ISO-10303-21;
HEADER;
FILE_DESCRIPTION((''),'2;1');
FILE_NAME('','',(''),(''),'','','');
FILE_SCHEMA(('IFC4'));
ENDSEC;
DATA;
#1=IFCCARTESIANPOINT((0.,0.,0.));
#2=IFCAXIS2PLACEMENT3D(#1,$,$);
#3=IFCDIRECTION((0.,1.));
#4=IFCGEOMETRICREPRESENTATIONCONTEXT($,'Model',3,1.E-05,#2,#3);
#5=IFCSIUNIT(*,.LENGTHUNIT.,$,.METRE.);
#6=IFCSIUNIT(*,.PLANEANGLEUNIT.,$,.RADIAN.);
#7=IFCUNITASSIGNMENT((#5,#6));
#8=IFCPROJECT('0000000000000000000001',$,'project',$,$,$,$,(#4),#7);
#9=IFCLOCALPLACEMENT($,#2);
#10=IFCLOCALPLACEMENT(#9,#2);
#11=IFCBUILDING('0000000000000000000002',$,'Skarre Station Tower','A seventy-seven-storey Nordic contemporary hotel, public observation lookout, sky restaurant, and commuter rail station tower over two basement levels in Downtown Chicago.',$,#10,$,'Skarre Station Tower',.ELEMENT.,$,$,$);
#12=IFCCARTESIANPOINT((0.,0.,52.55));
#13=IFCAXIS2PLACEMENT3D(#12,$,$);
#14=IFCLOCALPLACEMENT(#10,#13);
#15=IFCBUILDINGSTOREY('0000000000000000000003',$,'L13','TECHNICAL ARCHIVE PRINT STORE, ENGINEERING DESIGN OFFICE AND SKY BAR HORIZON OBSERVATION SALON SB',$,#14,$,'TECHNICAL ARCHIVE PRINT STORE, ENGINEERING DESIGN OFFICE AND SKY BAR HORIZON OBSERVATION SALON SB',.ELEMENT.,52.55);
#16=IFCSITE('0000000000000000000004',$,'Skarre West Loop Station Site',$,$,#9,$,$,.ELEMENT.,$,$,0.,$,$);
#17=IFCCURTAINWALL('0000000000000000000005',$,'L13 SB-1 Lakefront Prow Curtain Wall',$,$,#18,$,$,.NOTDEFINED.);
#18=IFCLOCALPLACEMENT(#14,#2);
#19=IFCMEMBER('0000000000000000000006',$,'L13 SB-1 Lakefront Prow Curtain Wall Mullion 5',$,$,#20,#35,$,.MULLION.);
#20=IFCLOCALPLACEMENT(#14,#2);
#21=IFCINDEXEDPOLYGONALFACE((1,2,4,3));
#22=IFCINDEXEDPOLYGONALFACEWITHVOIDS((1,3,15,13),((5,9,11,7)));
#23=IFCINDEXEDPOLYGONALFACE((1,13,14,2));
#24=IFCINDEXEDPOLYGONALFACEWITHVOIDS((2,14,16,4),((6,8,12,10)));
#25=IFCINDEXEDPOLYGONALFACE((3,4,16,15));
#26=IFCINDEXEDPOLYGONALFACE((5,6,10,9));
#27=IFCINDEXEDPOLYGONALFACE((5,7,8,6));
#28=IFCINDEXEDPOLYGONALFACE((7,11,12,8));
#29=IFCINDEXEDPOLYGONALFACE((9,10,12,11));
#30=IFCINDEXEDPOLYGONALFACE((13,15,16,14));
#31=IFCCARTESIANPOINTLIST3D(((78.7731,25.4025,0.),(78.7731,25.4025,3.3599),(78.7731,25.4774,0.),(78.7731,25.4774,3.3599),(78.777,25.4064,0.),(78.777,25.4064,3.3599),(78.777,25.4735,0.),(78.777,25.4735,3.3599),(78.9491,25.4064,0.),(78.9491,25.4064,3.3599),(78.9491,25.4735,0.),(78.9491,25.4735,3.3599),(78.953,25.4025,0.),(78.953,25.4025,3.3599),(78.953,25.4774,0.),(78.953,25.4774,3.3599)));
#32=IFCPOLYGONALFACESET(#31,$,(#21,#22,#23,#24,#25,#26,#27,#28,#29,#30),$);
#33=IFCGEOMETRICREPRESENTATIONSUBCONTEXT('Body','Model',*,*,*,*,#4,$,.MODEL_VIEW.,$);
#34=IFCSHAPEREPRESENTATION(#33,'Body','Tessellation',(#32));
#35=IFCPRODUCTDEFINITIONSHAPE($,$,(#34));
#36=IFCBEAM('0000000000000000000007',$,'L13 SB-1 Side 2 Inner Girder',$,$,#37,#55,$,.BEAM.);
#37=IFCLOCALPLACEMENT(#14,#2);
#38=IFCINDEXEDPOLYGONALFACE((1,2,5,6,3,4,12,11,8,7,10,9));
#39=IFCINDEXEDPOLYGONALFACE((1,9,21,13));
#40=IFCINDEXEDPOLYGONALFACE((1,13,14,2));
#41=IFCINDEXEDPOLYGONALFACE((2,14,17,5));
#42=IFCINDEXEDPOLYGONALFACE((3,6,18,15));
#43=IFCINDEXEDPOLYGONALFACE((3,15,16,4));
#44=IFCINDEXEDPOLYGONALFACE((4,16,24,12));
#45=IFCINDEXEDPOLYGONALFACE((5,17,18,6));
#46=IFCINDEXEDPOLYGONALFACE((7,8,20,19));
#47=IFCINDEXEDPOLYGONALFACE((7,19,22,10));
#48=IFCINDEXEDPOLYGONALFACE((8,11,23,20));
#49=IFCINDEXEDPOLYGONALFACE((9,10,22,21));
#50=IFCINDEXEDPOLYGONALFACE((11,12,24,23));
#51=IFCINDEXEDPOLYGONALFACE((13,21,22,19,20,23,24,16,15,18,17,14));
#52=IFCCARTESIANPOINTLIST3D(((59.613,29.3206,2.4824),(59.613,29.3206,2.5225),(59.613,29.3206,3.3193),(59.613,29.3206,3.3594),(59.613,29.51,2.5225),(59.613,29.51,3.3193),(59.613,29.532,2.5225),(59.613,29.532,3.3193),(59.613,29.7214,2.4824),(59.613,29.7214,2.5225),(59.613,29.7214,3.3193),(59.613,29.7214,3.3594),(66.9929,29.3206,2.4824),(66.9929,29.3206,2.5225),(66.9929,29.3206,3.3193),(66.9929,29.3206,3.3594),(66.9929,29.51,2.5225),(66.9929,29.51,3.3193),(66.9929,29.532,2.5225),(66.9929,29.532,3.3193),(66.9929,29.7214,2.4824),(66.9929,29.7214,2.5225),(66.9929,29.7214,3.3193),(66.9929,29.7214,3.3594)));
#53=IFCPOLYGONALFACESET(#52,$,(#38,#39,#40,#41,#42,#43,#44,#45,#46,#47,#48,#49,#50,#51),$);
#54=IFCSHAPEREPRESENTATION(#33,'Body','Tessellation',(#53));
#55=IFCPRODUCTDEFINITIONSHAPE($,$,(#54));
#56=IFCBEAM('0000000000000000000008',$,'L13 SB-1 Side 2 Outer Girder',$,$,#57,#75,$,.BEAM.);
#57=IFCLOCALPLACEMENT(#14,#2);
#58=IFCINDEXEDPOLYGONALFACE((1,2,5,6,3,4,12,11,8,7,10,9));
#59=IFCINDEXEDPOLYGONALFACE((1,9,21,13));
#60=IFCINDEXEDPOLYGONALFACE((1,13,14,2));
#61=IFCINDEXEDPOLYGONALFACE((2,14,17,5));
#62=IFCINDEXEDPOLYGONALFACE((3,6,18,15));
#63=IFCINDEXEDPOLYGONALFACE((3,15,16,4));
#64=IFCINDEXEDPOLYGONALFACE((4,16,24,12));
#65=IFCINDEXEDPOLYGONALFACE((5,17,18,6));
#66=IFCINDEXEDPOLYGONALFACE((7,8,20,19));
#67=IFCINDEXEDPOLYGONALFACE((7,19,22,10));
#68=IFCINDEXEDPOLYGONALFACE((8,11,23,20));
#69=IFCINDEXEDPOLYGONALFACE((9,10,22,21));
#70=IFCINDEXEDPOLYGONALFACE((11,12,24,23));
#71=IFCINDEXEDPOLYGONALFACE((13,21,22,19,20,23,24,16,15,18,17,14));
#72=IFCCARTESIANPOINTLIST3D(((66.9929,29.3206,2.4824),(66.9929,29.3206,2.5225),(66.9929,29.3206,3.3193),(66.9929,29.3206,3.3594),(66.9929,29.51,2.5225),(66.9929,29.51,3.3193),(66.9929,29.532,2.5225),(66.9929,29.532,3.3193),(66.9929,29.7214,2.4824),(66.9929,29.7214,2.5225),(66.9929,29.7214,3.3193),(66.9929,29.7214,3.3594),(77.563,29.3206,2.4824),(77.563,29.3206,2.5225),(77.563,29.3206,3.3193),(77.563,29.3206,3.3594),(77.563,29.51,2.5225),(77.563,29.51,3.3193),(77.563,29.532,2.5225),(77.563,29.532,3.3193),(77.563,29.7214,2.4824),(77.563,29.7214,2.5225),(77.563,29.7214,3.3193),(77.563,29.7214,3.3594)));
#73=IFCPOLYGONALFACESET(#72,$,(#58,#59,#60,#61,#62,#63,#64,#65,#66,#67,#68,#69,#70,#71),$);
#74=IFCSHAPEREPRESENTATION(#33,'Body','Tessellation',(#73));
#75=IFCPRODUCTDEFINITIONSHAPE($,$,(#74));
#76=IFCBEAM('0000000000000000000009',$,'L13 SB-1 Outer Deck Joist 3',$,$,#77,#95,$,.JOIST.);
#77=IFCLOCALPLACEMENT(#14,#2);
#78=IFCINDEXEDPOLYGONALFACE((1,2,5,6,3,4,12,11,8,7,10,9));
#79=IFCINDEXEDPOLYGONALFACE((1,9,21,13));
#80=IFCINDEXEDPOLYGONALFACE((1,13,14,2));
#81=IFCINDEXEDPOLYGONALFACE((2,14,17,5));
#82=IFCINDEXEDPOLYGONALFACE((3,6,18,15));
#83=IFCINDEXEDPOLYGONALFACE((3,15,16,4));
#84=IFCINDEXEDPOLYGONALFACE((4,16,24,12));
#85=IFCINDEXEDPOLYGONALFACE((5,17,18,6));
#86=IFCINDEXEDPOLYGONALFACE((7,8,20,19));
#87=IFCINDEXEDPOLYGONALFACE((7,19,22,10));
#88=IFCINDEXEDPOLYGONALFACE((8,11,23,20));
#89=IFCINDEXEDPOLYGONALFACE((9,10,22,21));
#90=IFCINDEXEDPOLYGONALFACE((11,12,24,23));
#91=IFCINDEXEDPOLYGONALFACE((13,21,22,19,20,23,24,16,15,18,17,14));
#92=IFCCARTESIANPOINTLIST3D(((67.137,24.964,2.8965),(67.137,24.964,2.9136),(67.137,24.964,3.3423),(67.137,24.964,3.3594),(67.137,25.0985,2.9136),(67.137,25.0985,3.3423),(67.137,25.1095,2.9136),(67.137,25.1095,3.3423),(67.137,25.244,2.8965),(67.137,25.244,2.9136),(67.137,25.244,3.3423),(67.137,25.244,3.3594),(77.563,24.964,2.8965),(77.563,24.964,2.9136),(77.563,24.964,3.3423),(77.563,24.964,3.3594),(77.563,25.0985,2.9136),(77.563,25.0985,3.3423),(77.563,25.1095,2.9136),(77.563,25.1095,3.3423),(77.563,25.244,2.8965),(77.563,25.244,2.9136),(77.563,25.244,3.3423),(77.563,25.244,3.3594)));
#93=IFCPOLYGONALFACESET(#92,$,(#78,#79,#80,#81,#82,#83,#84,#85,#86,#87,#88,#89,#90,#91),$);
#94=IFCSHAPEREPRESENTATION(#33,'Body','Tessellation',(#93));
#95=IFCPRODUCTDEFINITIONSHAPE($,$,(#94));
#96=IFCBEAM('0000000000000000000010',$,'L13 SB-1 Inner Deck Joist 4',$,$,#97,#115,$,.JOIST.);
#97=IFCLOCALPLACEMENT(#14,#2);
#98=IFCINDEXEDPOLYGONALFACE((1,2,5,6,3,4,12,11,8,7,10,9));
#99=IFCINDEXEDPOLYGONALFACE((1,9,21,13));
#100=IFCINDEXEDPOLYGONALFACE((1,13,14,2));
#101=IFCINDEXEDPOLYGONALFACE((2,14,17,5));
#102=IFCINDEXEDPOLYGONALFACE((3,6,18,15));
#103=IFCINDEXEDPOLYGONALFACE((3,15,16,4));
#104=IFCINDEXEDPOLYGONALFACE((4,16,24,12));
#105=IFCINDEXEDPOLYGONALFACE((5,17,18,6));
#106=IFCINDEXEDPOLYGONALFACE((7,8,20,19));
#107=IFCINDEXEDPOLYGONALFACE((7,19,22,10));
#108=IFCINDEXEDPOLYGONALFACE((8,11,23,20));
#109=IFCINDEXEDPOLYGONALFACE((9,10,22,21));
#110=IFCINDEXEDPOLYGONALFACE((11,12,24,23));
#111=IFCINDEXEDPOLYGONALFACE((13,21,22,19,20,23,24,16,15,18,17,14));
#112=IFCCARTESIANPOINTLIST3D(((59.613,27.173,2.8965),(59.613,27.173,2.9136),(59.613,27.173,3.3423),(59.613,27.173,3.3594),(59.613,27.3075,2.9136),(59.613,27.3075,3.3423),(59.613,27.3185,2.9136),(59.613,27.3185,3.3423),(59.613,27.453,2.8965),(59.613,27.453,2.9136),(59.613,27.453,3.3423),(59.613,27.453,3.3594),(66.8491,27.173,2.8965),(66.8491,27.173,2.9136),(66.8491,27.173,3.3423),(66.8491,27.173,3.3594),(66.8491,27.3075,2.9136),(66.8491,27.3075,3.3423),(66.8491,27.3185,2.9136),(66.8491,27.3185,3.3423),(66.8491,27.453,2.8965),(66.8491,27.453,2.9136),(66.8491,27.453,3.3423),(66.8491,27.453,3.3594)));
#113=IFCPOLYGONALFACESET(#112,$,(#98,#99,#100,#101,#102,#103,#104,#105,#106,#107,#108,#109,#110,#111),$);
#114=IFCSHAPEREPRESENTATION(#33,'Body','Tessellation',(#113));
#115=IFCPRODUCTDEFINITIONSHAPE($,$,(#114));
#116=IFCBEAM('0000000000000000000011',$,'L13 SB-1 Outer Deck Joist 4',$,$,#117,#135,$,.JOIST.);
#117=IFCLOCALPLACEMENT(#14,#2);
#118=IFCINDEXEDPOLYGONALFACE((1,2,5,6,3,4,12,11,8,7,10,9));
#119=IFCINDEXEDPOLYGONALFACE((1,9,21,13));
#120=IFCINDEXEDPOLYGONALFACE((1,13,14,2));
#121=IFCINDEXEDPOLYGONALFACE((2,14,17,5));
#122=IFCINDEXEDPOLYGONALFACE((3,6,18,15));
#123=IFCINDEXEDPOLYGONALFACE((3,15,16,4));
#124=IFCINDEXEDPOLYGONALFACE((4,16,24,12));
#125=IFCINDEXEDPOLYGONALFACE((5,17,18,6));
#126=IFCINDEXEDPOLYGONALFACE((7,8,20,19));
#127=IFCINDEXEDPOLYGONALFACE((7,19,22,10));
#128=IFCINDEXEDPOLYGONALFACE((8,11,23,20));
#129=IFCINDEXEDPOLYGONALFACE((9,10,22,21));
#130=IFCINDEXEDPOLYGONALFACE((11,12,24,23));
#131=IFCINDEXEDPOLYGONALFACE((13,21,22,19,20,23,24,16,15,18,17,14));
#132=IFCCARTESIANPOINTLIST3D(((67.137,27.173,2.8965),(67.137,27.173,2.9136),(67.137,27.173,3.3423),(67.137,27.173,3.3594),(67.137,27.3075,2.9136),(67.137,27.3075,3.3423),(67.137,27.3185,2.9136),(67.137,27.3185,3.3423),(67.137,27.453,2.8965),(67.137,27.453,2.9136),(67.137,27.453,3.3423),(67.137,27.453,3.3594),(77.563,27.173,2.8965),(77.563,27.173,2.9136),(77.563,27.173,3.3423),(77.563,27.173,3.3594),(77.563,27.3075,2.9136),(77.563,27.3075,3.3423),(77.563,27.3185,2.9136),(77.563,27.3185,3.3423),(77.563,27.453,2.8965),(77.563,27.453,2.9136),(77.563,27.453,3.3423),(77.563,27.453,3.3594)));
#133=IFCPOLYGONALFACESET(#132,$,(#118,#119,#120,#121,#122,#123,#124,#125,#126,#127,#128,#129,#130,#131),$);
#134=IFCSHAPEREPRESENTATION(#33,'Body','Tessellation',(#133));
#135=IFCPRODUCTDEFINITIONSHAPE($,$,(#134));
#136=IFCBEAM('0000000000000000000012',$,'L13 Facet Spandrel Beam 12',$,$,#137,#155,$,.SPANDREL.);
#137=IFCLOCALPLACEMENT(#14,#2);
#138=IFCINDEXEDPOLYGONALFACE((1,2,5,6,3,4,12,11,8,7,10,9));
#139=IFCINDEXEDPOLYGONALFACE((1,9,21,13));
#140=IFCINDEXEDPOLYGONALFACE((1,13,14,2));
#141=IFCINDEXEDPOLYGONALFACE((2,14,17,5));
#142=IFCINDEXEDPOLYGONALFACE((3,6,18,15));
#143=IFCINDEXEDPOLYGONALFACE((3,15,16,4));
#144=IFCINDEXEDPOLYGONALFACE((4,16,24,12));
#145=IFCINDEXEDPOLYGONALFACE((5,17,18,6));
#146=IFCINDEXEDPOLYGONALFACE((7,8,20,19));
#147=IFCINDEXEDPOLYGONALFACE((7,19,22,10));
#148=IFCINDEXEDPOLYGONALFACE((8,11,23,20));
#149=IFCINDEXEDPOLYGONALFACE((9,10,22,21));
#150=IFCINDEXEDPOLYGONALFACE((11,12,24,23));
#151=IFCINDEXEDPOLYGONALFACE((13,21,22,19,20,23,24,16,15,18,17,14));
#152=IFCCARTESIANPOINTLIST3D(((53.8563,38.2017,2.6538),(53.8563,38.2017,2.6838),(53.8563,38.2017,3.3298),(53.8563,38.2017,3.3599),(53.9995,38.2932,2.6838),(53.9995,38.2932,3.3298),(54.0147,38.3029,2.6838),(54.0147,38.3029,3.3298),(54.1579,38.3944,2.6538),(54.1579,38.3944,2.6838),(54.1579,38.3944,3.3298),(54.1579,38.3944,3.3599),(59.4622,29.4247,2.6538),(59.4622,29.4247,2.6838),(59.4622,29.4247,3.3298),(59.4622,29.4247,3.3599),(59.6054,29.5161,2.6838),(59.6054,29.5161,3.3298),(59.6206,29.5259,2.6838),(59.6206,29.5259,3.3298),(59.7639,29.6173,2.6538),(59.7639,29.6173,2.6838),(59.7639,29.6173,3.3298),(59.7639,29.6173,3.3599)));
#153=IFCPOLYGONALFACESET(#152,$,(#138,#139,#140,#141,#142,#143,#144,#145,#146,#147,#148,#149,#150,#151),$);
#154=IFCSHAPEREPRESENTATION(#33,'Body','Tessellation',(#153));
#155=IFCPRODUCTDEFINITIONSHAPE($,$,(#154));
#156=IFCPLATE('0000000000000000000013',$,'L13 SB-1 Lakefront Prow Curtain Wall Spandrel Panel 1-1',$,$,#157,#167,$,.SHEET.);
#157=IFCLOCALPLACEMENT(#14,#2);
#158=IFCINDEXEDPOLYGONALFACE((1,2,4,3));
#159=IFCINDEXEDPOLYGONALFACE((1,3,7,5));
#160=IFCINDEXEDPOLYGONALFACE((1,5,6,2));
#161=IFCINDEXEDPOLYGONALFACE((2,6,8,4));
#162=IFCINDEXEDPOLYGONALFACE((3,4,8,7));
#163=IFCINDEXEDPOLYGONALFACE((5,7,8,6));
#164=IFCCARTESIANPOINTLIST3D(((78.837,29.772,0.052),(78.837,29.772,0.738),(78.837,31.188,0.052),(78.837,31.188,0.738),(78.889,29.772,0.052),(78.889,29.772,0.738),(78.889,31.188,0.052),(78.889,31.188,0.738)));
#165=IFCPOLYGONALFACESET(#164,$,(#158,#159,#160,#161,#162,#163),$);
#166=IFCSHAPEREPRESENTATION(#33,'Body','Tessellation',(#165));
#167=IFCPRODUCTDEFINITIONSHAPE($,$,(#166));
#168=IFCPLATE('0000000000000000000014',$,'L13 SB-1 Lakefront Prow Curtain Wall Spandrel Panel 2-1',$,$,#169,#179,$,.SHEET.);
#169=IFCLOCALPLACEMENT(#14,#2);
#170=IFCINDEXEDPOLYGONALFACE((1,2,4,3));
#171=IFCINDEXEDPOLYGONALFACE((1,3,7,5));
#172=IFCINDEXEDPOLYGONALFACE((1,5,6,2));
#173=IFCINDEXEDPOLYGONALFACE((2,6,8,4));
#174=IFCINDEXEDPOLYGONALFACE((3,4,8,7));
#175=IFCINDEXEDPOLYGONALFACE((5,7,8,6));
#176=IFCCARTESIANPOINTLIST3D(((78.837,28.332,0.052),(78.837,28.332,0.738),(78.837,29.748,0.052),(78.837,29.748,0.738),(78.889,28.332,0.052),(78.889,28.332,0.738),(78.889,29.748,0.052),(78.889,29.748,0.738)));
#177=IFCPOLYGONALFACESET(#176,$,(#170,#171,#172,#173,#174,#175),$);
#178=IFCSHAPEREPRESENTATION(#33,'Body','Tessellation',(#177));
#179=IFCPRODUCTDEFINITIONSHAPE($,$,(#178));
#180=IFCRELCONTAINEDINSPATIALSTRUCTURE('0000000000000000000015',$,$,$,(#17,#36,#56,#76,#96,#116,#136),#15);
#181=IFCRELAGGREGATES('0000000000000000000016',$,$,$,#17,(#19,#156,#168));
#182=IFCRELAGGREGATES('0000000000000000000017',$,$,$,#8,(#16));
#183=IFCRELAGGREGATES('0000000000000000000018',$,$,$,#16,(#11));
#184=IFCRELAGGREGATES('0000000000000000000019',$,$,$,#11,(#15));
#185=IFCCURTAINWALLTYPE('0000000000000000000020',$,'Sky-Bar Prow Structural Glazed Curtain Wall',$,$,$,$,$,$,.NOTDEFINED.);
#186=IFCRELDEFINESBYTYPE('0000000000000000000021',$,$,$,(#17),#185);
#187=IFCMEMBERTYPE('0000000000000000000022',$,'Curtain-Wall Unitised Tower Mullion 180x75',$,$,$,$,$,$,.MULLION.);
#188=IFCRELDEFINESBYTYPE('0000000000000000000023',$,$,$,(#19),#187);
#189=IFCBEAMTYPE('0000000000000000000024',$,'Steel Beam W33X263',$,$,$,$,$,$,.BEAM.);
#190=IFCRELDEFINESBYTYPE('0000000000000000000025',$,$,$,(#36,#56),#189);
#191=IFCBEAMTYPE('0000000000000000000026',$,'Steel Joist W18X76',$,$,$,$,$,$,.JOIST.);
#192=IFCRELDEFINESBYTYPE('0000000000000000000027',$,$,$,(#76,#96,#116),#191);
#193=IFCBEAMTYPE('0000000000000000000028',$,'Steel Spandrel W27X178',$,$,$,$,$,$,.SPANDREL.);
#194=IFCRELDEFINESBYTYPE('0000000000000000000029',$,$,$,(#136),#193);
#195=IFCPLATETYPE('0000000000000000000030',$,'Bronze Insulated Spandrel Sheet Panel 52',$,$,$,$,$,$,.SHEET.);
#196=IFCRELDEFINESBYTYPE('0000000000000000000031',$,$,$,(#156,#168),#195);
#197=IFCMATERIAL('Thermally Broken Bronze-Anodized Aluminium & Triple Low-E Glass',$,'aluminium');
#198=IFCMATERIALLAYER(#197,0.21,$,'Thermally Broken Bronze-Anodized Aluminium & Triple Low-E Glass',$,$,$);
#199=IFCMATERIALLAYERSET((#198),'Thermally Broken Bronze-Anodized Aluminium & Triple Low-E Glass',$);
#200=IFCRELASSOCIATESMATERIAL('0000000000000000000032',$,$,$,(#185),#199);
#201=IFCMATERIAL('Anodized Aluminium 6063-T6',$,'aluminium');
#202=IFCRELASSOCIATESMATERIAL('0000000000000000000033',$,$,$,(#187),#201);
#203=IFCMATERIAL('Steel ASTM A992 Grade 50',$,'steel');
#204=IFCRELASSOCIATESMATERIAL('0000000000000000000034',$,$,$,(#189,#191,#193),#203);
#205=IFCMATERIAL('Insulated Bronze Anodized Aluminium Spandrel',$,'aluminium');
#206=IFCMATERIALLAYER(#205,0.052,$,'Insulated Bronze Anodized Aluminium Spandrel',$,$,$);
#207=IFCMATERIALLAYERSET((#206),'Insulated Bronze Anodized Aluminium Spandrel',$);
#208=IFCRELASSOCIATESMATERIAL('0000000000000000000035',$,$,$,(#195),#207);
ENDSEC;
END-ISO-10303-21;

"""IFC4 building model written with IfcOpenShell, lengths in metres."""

from ifc_helpers import new_model, si_unit, direction, frame, origin, origin_2d, place, context, subcontext, project, spatial, rectangle, hollow_rectangle, i_section, extrude, material, layer, layer_set, material_profile, profile_set, type_object, element, aggregate, save


model = new_model("IFC4")

# Units and contexts
model_context = context("Model", 3, precision=1e-05, world=origin(), true_north=direction((0.0, 1.0)))
body_context = subcontext(model_context, "Body", "Model", "MODEL_VIEW")
ifc_project = project(units=[si_unit("LENGTHUNIT", "METRE"), si_unit("PLANEANGLEUNIT", "RADIAN")], contexts=[model_context])

# Site, building, storey
site_placement = place(None, origin())
site = spatial("IfcSite", under=ifc_project, at=site_placement, Name="Skarre West Loop Station Site", CompositionType="ELEMENT", RefElevation=0.0)
building_placement = place(site_placement, origin())
building = spatial("IfcBuilding", under=site, at=building_placement, Name="Skarre Station Tower", Description="A seventy-seven-storey Nordic contemporary hotel, public observation lookout, sky restaurant, and commuter rail station tower over two basement levels in Downtown Chicago.", LongName="Skarre Station Tower", CompositionType="ELEMENT")
storey_placement = place(building_placement, frame((0.0, 0.0, 52.55)))
storey = spatial("IfcBuildingStorey", under=building, at=storey_placement, Name="L13", Description="TECHNICAL ARCHIVE PRINT STORE, ENGINEERING DESIGN OFFICE AND SKY BAR HORIZON OBSERVATION SALON SB", LongName="TECHNICAL ARCHIVE PRINT STORE, ENGINEERING DESIGN OFFICE AND SKY BAR HORIZON OBSERVATION SALON SB", CompositionType="ELEMENT", Elevation=52.55)

# Curtain wall, member
ifc_material_1 = material(Name="Thermally Broken Bronze-Anodized Aluminium & Triple Low-E Glass", Category="aluminium")
ifc_layer_1 = layer(ifc_material_1, 0.21, Name="Thermally Broken Bronze-Anodized Aluminium & Triple Low-E Glass")
ifc_layer_set_1 = layer_set([ifc_layer_1], Name="Thermally Broken Bronze-Anodized Aluminium & Triple Low-E Glass")
curtain_wall_type = type_object("IfcCurtainWallType", Name="Sky-Bar Prow Structural Glazed Curtain Wall", PredefinedType="NOTDEFINED", material=ifc_layer_set_1)
curtain_wall_placement = place(storey_placement, origin())
curtain_wall = element("IfcCurtainWall", 1, at=curtain_wall_placement, inside=storey, type_object=curtain_wall_type, Name="L13 SB-1 Lakefront Prow Curtain Wall", PredefinedType="NOTDEFINED")
ifc_material_2 = material(Name="Anodized Aluminium 6063-T6", Category="aluminium")
ifc_material_profile_1 = material_profile(ifc_material_2, hollow_rectangle(XDim=0.075, YDim=0.1799, WallThickness=0.0039, at=origin_2d()), Name="Anodized Aluminium 6063-T6")
ifc_profile_set_1 = profile_set([ifc_material_profile_1], Name="Anodized Aluminium 6063-T6")
member_type_1 = type_object("IfcMemberType", Name="Curtain-Wall Unitised Tower Mullion 180x75", PredefinedType="MULLION", material=ifc_profile_set_1)
member_1_placement = place(storey_placement, frame((78.863, 25.4399, 0.0), z_axis=(0.0, 0.0, 1.0), x_axis=(0.0, -1.0, 0.0)))
member_1 = element("IfcMember", 2, at=member_1_placement, type_object=member_type_1, Name="L13 SB-1 Lakefront Prow Curtain Wall Mullion 5", PredefinedType="MULLION", context=body_context, shape_type="SweptSolid", body=[
    extrude(hollow_rectangle(XDim=0.075, YDim=0.1799, WallThickness=0.0039, at=origin_2d()), origin(), (0.0, 0.0, 1.0), 3.3599),
])

# Beams
ifc_material_3 = material(Name="Steel ASTM A992 Grade 50", Category="steel")
ifc_material_profile_2 = material_profile(ifc_material_3, i_section(OverallWidth=0.4009, OverallDepth=0.877, WebThickness=0.022, FlangeThickness=0.04, at=origin_2d()), Name="Steel ASTM A992 Grade 50")
ifc_profile_set_2 = profile_set([ifc_material_profile_2], Name="Steel ASTM A992 Grade 50")
beam_type_1 = type_object("IfcBeamType", Name="Steel Beam W33X263", PredefinedType="BEAM", material=ifc_profile_set_2)
beam_1_placement = place(storey_placement, frame((59.613, 29.521, 2.9209), z_axis=(1.0, 0.0, 0.0), x_axis=(0.0, 1.0, 0.0)))
element("IfcBeam", 3, at=beam_1_placement, inside=storey, type_object=beam_type_1, Name="L13 SB-1 Side 2 Inner Girder", PredefinedType="BEAM", context=body_context, shape_type="SweptSolid", body=[
    extrude(i_section(OverallWidth=0.4009, OverallDepth=0.877, WebThickness=0.022, FlangeThickness=0.04, at=origin_2d()), origin(), (0.0, 0.0, 1.0), 7.3799),
])
beam_2_placement = place(storey_placement, frame((66.9929, 29.521, 2.9209), z_axis=(1.0, 0.0, 0.0), x_axis=(0.0, 1.0, 0.0)))
element("IfcBeam", 4, at=beam_2_placement, inside=storey, type_object=beam_type_1, Name="L13 SB-1 Side 2 Outer Girder", PredefinedType="BEAM", context=body_context, shape_type="SweptSolid", body=[
    extrude(i_section(OverallWidth=0.4009, OverallDepth=0.877, WebThickness=0.022, FlangeThickness=0.04, at=origin_2d()), origin(), (0.0, 0.0, 1.0), 10.5701),
])
ifc_material_profile_3 = material_profile(ifc_material_3, i_section(OverallWidth=0.28, OverallDepth=0.4629, WebThickness=0.011, FlangeThickness=0.0171, at=origin_2d()), Name="Steel ASTM A992 Grade 50")
ifc_profile_set_3 = profile_set([ifc_material_profile_3], Name="Steel ASTM A992 Grade 50")
beam_type_2 = type_object("IfcBeamType", Name="Steel Joist W18X76", PredefinedType="JOIST", material=ifc_profile_set_3)
beam_3_placement = place(storey_placement, frame((67.137, 25.104, 3.1279), z_axis=(1.0, 0.0, 0.0), x_axis=(0.0, 1.0, 0.0)))
element("IfcBeam", 5, at=beam_3_placement, inside=storey, type_object=beam_type_2, Name="L13 SB-1 Outer Deck Joist 3", PredefinedType="JOIST", context=body_context, shape_type="SweptSolid", body=[
    extrude(i_section(OverallWidth=0.28, OverallDepth=0.4629, WebThickness=0.011, FlangeThickness=0.0171, at=origin_2d()), origin(), (0.0, 0.0, 1.0), 10.426),
])
beam_4_placement = place(storey_placement, frame((59.613, 27.313, 3.1279), z_axis=(1.0, 0.0, 0.0), x_axis=(0.0, 1.0, 0.0)))
element("IfcBeam", 6, at=beam_4_placement, inside=storey, type_object=beam_type_2, Name="L13 SB-1 Inner Deck Joist 4", PredefinedType="JOIST", context=body_context, shape_type="SweptSolid", body=[
    extrude(i_section(OverallWidth=0.28, OverallDepth=0.4629, WebThickness=0.011, FlangeThickness=0.0171, at=origin_2d()), origin(), (0.0, 0.0, 1.0), 7.2361),
])
beam_5_placement = place(storey_placement, frame((67.137, 27.313, 3.1279), z_axis=(1.0, 0.0, 0.0), x_axis=(0.0, 1.0, 0.0)))
element("IfcBeam", 7, at=beam_5_placement, inside=storey, type_object=beam_type_2, Name="L13 SB-1 Outer Deck Joist 4", PredefinedType="JOIST", context=body_context, shape_type="SweptSolid", body=[
    extrude(i_section(OverallWidth=0.28, OverallDepth=0.4629, WebThickness=0.011, FlangeThickness=0.0171, at=origin_2d()), origin(), (0.0, 0.0, 1.0), 10.426),
])
ifc_material_profile_4 = material_profile(ifc_material_3, i_section(OverallWidth=0.3579, OverallDepth=0.7061, WebThickness=0.0181, FlangeThickness=0.03, at=origin_2d()), Name="Steel ASTM A992 Grade 50")
ifc_profile_set_4 = profile_set([ifc_material_profile_4], Name="Steel ASTM A992 Grade 50")
beam_type_3 = type_object("IfcBeamType", Name="Steel Spandrel W27X178", PredefinedType="SPANDREL", material=ifc_profile_set_4)
beam_6_placement = place(storey_placement, frame((59.613, 29.521, 3.0068), z_axis=(-0.538278, 0.842767, 0.0), x_axis=(-0.842767, -0.538278, 0.0)))
element("IfcBeam", 8, at=beam_6_placement, inside=storey, type_object=beam_type_3, Name="L13 Facet Spandrel Beam 12", PredefinedType="SPANDREL", context=body_context, shape_type="SweptSolid", body=[
    extrude(i_section(OverallWidth=0.3579, OverallDepth=0.7061, WebThickness=0.0181, FlangeThickness=0.03, at=origin_2d()), origin(), (0.0, 0.0, 1.0), 10.4146),
])

# Plates
ifc_material_4 = material(Name="Insulated Bronze Anodized Aluminium Spandrel", Category="aluminium")
ifc_layer_2 = layer(ifc_material_4, 0.052, Name="Insulated Bronze Anodized Aluminium Spandrel")
ifc_layer_set_2 = layer_set([ifc_layer_2], Name="Insulated Bronze Anodized Aluminium Spandrel")
plate_type_1 = type_object("IfcPlateType", Name="Bronze Insulated Spandrel Sheet Panel 52", PredefinedType="SHEET", material=ifc_layer_set_2)
plate_1_placement = place(storey_placement, frame((78.863, 30.48, 0.052), z_axis=(0.0, 0.0, 1.0), x_axis=(0.0, -1.0, 0.0)))
plate_1 = element("IfcPlate", 9, at=plate_1_placement, type_object=plate_type_1, Name="L13 SB-1 Lakefront Prow Curtain Wall Spandrel Panel 1-1", PredefinedType="SHEET", context=body_context, shape_type="SweptSolid", body=[
    extrude(rectangle(XDim=1.416, YDim=0.052, at=origin_2d()), origin(), (0.0, 0.0, 1.0), 0.686),
])
plate_2_placement = place(storey_placement, frame((78.863, 29.04, 0.052), z_axis=(0.0, 0.0, 1.0), x_axis=(0.0, -1.0, 0.0)))
plate_2 = element("IfcPlate", 10, at=plate_2_placement, type_object=plate_type_1, Name="L13 SB-1 Lakefront Prow Curtain Wall Spandrel Panel 2-1", PredefinedType="SHEET", context=body_context, shape_type="SweptSolid", body=[
    extrude(rectangle(XDim=1.416, YDim=0.052, at=origin_2d()), origin(), (0.0, 0.0, 1.0), 0.686),
])
aggregate(curtain_wall, [member_1, plate_1, plate_2])

save(model, "model.ifc")
